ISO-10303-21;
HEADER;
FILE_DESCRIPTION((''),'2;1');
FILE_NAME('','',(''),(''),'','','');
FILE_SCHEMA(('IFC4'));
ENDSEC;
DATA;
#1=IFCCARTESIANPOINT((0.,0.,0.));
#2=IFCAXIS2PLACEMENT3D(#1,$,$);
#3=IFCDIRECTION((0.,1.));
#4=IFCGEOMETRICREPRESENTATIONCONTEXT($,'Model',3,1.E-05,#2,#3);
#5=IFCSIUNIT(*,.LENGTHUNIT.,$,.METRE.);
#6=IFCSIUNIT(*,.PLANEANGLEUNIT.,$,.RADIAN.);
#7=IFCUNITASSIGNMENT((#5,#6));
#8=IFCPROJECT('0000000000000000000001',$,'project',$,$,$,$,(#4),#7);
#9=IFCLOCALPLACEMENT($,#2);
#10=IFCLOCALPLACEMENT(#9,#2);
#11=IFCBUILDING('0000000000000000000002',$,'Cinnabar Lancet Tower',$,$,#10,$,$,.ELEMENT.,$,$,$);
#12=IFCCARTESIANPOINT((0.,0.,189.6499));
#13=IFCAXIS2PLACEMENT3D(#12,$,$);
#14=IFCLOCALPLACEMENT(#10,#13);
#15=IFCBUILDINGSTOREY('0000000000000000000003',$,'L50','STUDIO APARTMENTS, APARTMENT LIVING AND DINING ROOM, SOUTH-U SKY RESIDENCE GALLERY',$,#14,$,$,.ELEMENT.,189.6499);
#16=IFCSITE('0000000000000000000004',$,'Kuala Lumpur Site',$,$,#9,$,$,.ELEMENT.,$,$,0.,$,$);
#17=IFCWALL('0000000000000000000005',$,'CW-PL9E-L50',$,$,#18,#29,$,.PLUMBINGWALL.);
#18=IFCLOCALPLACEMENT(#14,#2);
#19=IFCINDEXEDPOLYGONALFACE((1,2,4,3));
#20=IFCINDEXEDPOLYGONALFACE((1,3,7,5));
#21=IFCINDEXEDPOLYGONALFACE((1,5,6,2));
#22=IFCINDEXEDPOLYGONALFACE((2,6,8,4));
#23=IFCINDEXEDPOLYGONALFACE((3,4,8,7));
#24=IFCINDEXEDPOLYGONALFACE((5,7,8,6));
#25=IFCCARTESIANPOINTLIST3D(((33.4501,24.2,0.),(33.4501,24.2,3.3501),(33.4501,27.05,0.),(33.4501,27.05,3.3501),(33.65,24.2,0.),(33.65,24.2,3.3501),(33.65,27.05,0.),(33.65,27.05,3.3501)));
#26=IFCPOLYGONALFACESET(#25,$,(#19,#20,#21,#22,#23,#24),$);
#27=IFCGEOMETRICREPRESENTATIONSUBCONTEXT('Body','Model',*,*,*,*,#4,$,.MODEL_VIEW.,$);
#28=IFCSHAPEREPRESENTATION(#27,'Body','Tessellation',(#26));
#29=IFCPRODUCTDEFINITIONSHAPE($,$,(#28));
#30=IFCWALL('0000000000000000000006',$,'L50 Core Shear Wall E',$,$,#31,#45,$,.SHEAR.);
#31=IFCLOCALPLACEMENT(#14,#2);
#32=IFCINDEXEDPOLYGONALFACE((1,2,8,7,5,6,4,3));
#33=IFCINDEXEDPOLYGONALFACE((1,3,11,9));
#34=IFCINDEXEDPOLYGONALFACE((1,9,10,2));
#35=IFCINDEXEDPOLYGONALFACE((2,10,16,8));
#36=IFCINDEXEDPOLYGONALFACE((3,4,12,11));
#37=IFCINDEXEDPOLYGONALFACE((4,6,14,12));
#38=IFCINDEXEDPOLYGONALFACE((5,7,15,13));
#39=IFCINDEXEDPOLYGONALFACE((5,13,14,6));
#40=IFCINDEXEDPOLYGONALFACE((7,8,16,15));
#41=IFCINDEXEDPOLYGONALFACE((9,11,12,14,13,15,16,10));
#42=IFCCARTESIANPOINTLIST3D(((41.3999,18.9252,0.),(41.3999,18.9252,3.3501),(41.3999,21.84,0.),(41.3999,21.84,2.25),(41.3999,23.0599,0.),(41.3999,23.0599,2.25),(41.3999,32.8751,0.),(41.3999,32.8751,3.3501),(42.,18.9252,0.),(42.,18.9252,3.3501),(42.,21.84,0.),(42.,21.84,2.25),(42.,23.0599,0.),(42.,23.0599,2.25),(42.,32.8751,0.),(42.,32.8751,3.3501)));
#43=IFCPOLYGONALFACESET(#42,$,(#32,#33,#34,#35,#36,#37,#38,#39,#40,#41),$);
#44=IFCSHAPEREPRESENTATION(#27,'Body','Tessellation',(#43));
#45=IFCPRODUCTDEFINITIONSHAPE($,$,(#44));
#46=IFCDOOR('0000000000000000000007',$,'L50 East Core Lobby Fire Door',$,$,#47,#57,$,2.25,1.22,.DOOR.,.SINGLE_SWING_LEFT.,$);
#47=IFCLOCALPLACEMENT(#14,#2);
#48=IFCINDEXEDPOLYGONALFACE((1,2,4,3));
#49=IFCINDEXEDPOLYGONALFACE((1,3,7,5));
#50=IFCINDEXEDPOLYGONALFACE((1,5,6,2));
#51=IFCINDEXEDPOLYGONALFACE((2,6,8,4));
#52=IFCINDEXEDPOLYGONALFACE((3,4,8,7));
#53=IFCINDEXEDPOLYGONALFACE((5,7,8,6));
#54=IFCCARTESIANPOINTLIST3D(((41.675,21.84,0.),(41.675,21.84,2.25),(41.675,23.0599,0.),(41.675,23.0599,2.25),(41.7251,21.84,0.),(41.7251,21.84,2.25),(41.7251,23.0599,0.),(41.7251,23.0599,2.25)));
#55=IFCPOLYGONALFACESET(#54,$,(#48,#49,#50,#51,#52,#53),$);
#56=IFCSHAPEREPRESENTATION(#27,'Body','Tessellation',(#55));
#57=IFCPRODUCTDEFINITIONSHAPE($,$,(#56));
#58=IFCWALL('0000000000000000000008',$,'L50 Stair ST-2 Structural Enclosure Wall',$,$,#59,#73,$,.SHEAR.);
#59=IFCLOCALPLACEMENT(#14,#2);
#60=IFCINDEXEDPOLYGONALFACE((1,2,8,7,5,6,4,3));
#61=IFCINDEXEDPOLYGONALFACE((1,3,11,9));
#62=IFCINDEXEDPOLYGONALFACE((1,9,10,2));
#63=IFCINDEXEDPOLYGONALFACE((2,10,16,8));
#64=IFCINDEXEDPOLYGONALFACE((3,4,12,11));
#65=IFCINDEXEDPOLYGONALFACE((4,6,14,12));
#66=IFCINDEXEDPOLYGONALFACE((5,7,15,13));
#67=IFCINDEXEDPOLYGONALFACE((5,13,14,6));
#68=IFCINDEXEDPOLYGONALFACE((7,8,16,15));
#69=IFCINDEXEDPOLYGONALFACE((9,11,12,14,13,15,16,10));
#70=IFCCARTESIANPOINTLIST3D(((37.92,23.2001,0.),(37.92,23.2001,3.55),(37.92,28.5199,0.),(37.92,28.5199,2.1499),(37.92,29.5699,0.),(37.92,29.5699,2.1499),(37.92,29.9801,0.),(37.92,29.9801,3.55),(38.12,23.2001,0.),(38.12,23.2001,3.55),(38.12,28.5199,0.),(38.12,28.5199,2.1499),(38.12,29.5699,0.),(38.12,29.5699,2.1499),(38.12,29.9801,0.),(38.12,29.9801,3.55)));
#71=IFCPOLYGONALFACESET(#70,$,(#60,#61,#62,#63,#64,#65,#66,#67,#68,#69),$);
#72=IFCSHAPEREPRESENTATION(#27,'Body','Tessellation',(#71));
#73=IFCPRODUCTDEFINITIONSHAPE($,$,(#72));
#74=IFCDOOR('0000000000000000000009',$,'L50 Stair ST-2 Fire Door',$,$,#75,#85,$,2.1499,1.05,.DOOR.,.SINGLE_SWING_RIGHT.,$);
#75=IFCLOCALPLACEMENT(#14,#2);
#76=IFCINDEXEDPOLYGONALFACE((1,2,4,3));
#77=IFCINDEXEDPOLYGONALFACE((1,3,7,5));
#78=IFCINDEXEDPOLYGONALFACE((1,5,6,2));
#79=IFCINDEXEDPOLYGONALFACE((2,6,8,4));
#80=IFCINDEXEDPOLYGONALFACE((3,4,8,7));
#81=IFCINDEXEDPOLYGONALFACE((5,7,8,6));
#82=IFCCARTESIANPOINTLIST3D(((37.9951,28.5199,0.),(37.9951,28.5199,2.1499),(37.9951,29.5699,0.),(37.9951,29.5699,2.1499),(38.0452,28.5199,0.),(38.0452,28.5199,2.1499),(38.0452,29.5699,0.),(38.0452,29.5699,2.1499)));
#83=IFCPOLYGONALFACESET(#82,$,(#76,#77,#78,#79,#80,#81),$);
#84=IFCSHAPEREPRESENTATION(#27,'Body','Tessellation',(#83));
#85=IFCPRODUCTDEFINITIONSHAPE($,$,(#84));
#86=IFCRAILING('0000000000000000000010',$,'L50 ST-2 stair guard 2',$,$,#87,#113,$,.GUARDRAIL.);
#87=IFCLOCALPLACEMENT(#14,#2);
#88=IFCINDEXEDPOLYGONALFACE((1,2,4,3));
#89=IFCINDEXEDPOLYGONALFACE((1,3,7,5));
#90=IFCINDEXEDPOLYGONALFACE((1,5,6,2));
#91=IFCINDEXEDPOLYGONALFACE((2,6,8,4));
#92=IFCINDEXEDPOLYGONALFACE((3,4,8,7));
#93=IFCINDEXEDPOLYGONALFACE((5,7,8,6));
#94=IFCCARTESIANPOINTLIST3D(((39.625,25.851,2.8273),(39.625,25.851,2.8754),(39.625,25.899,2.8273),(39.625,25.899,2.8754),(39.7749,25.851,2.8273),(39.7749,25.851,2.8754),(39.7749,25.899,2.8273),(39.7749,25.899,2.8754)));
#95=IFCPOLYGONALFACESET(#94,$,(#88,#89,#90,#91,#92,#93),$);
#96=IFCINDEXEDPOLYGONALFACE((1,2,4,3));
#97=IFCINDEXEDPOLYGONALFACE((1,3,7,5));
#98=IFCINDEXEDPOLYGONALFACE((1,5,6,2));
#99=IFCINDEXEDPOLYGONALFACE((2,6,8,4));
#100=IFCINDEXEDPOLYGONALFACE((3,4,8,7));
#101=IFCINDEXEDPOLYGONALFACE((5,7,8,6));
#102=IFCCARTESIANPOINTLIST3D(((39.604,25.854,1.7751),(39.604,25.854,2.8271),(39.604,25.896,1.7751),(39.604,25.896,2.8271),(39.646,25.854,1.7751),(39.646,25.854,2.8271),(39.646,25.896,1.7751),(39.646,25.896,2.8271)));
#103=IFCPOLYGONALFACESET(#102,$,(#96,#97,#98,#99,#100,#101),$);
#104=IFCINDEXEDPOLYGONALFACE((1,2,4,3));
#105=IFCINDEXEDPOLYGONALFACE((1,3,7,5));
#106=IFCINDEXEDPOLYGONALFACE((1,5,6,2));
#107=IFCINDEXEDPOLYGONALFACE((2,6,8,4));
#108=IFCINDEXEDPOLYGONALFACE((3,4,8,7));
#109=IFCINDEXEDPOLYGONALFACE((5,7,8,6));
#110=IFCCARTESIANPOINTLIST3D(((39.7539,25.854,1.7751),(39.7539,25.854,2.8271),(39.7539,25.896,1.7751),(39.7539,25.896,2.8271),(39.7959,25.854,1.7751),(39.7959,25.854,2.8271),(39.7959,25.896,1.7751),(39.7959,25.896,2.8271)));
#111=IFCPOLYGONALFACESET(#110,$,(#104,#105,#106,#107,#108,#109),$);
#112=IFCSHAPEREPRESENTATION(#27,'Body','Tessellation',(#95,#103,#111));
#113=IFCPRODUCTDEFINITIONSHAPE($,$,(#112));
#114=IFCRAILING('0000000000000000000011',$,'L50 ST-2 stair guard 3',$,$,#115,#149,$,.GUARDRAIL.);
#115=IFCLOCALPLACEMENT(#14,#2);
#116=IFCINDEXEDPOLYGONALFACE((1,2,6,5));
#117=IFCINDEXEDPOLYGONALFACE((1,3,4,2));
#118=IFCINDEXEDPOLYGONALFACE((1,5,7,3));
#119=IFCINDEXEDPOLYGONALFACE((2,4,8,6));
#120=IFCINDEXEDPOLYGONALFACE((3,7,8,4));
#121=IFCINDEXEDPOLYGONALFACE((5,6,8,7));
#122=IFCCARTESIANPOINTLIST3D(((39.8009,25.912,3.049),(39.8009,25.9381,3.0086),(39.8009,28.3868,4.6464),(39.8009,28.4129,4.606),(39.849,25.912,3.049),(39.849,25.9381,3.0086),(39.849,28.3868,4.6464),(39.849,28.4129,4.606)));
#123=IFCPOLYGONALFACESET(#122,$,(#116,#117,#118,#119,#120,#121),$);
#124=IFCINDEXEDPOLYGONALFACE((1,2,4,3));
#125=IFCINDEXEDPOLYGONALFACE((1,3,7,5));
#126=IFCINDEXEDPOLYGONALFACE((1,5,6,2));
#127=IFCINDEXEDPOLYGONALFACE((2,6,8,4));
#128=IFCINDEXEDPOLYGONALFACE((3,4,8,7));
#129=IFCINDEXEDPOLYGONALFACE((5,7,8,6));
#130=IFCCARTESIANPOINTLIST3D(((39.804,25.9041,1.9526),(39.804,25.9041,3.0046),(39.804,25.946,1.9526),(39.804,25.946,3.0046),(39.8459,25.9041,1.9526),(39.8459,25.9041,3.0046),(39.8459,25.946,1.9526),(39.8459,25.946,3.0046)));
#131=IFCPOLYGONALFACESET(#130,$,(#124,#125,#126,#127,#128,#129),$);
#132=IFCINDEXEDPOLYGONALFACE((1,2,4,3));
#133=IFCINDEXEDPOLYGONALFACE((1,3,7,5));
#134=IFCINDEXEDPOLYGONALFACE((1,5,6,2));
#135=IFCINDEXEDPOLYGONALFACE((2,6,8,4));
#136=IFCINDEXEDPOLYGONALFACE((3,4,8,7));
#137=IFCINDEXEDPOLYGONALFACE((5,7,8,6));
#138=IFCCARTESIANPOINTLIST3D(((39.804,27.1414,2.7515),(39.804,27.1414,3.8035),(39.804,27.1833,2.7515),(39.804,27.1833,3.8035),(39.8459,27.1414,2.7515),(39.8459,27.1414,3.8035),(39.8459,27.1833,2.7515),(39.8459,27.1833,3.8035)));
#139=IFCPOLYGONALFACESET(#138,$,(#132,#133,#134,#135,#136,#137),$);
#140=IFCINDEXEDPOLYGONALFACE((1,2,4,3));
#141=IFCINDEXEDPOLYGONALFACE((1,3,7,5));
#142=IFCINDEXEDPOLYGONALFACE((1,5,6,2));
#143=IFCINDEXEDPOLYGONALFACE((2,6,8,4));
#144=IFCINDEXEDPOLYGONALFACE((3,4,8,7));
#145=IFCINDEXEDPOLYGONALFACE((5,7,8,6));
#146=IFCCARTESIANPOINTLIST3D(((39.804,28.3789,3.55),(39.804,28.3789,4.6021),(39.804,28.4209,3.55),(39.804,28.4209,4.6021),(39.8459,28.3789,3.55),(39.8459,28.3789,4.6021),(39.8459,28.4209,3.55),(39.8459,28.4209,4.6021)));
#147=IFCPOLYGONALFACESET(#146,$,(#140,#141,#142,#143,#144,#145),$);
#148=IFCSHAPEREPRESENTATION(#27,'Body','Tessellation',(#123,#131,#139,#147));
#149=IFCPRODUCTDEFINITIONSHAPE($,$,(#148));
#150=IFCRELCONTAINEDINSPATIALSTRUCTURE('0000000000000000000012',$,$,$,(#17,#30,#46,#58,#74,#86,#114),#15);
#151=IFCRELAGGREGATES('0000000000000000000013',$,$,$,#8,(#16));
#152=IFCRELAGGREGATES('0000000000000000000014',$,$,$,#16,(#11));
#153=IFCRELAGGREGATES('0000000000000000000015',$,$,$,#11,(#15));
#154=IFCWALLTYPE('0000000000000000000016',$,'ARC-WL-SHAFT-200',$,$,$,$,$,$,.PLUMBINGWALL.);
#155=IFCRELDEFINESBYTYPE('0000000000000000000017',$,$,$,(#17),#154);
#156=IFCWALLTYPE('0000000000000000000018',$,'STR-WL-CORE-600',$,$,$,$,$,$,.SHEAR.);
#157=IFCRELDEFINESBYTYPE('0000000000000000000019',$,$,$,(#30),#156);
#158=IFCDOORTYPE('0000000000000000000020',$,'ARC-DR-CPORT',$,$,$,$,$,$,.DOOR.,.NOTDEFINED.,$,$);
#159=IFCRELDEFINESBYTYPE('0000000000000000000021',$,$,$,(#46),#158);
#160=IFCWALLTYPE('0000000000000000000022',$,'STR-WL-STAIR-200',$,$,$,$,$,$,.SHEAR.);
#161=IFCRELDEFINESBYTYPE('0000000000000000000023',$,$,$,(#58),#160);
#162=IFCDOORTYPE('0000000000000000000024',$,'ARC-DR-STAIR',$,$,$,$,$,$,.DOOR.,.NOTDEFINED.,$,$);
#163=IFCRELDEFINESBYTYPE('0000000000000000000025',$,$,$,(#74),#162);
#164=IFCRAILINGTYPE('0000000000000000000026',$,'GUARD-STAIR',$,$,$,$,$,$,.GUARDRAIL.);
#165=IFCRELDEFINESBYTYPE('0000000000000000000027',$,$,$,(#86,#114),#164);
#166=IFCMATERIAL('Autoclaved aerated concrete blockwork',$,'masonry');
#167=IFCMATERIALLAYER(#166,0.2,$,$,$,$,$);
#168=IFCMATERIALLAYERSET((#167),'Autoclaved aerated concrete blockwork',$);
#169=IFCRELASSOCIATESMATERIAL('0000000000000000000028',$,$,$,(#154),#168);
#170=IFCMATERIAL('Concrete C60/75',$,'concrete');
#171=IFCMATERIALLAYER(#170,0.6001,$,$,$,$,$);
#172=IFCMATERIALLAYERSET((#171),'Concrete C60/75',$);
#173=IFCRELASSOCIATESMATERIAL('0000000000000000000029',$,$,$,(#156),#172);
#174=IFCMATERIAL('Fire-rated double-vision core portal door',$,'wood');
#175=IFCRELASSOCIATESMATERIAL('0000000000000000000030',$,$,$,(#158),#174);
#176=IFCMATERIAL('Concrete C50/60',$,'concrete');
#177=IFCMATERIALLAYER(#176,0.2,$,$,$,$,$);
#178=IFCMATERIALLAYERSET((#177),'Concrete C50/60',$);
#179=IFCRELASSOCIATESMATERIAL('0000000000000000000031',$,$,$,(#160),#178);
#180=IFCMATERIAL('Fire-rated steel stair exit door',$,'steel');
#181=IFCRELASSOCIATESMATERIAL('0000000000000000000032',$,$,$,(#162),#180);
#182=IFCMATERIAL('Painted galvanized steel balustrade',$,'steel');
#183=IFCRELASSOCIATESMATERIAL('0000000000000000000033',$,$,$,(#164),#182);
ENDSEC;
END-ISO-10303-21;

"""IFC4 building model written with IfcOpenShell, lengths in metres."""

from ifc_helpers import new_model, si_unit, direction, frame, frame_2d, origin, origin_2d, place, context, subcontext, project, spatial, rectangle, extrude, material, layer, layer_set, type_object, element, fill, save


model = new_model("IFC4")

# Units and contexts
model_context = context("Model", 3, precision=1e-05, world=origin(), true_north=direction((0.0, 1.0)))
body_context = subcontext(model_context, "Body", "Model", "MODEL_VIEW")
ifc_project = project(units=[si_unit("LENGTHUNIT", "METRE"), si_unit("PLANEANGLEUNIT", "RADIAN")], contexts=[model_context])

# Site, building, storey
site_placement = place(None, origin())
site = spatial("IfcSite", under=ifc_project, at=site_placement, Name="Kuala Lumpur Site", CompositionType="ELEMENT", RefElevation=0.0)
building_placement = place(site_placement, origin())
building = spatial("IfcBuilding", under=site, at=building_placement, Name="Cinnabar Lancet Tower", CompositionType="ELEMENT")
storey_placement = place(building_placement, frame((0.0, 0.0, 189.6499)))
storey = spatial("IfcBuildingStorey", under=building, at=storey_placement, Name="L50", Description="STUDIO APARTMENTS, APARTMENT LIVING AND DINING ROOM, SOUTH-U SKY RESIDENCE GALLERY", CompositionType="ELEMENT", Elevation=189.6499)

# Shared definitions
ifc_material_1 = material(Name="Autoclaved aerated concrete blockwork", Category="masonry")
ifc_layer_1 = layer(ifc_material_1, 0.2)
ifc_layer_set_1 = layer_set([ifc_layer_1], Name="Autoclaved aerated concrete blockwork")
wall_type_1 = type_object("IfcWallType", Name="ARC-WL-SHAFT-200", PredefinedType="PLUMBINGWALL", material=ifc_layer_set_1)

# Wall
for number, where, z_axis, x_axis, name in (
    (1, (33.55, 24.2, 0.0), (0.0, 0.0, 1.0), (0.0, 1.0, 0.0), "CW-PL9E-L50"),
):
    element("IfcWall", number, at=place(storey_placement, frame(where, z_axis=z_axis, x_axis=x_axis)), inside=storey, type_object=wall_type_1, Name=name, PredefinedType="PLUMBINGWALL", context=body_context, shape_type="SweptSolid", body=[
        extrude(rectangle(XDim=2.8501, YDim=0.2, at=frame_2d((1.425, 0.0))), origin(), (0.0, 0.0, 1.0), 3.3501),
    ])

# Walls, openings, doors
ifc_material_2 = material(Name="Concrete C60/75", Category="concrete")
ifc_layer_2 = layer(ifc_material_2, 0.6001)
ifc_layer_set_2 = layer_set([ifc_layer_2], Name="Concrete C60/75")
wall_type_2 = type_object("IfcWallType", Name="STR-WL-CORE-600", PredefinedType="SHEAR", material=ifc_layer_set_2)
wall_1_placement = place(storey_placement, frame((41.7, 18.925, 0.0), z_axis=(0.0, 0.0, 1.0), x_axis=(0.0, 1.0, 0.0)))
wall_1 = element("IfcWall", 2, at=wall_1_placement, inside=storey, type_object=wall_type_2, Name="L50 Core Shear Wall E", PredefinedType="SHEAR", context=body_context, shape_type="SweptSolid", body=[
    extrude(rectangle(XDim=13.95, YDim=0.6001, at=frame_2d((6.9751, 0.0))), origin(), (0.0, 0.0, 1.0), 3.3501),
])
opening_1_placement = place(wall_1_placement, frame((2.915, 0.0, 0.0)))
opening_1 = element("IfcOpeningElement", 3, at=opening_1_placement, cuts=wall_1, PredefinedType="OPENING", context=body_context, shape_type="SweptSolid", body=[
    extrude(rectangle(XDim=1.22, YDim=2.25, at=frame_2d((0.6099, 1.125))), frame((0.0, 0.3101, 0.0), z_axis=(0.0, -1.0, 0.0), x_axis=(1.0, 0.0, 0.0)), (0.0, 0.0, 1.0), 0.6201),
])
ifc_material_3 = material(Name="Fire-rated double-vision core portal door", Category="wood")
door_type_1 = type_object("IfcDoorType", Name="ARC-DR-CPORT", OperationType="NOTDEFINED", PredefinedType="DOOR", material=ifc_material_3)
door_1_placement = place(opening_1_placement, origin())
door_1 = element("IfcDoor", 4, at=door_1_placement, inside=storey, type_object=door_type_1, Name="L50 East Core Lobby Fire Door", OperationType="SINGLE_SWING_LEFT", OverallHeight=2.25, OverallWidth=1.22, PredefinedType="DOOR", context=body_context, shape_type="SweptSolid", body=[
    extrude(rectangle(XDim=1.22, YDim=2.25, at=frame_2d((0.6099, 1.125))), frame((0.0, 0.0249, 0.0), z_axis=(0.0, -1.0, 0.0), x_axis=(1.0, 0.0, 0.0)), (0.0, 0.0, 1.0), 0.05),
])
fill(opening_1, door_1)
ifc_material_4 = material(Name="Concrete C50/60", Category="concrete")
ifc_layer_3 = layer(ifc_material_4, 0.2)
ifc_layer_set_3 = layer_set([ifc_layer_3], Name="Concrete C50/60")
wall_type_3 = type_object("IfcWallType", Name="STR-WL-STAIR-200", PredefinedType="SHEAR", material=ifc_layer_set_3)
wall_2_placement = place(storey_placement, frame((38.02, 23.2, 0.0), z_axis=(0.0, 0.0, 1.0), x_axis=(0.0, 1.0, 0.0)))
wall_2 = element("IfcWall", 5, at=wall_2_placement, inside=storey, type_object=wall_type_3, Name="L50 Stair ST-2 Structural Enclosure Wall", PredefinedType="SHEAR", context=body_context, shape_type="SweptSolid", body=[
    extrude(rectangle(XDim=6.78, YDim=0.2, at=frame_2d((3.3901, 0.0))), origin(), (0.0, 0.0, 1.0), 3.55),
])
opening_2_placement = place(wall_2_placement, frame((5.3201, 0.0, 0.0)))
opening_2 = element("IfcOpeningElement", 6, at=opening_2_placement, cuts=wall_2, PredefinedType="OPENING", context=body_context, shape_type="SweptSolid", body=[
    extrude(rectangle(XDim=1.05, YDim=2.1499, at=frame_2d((0.5249, 1.075))), frame((0.0, 0.1099, 0.0), z_axis=(0.0, -1.0, 0.0), x_axis=(1.0, 0.0, 0.0)), (0.0, 0.0, 1.0), 0.22),
])
ifc_material_5 = material(Name="Fire-rated steel stair exit door", Category="steel")
door_type_2 = type_object("IfcDoorType", Name="ARC-DR-STAIR", OperationType="NOTDEFINED", PredefinedType="DOOR", material=ifc_material_5)
door_2_placement = place(opening_2_placement, origin())
door_2 = element("IfcDoor", 7, at=door_2_placement, inside=storey, type_object=door_type_2, Name="L50 Stair ST-2 Fire Door", OperationType="SINGLE_SWING_RIGHT", OverallHeight=2.1499, OverallWidth=1.05, PredefinedType="DOOR", context=body_context, shape_type="SweptSolid", body=[
    extrude(rectangle(XDim=1.05, YDim=2.1499, at=frame_2d((0.5249, 1.075))), frame((0.0, 0.0249, 0.0), z_axis=(0.0, -1.0, 0.0), x_axis=(1.0, 0.0, 0.0)), (0.0, 0.0, 1.0), 0.05),
])
fill(opening_2, door_2)

# Railings
ifc_material_6 = material(Name="Painted galvanized steel balustrade", Category="steel")
railing_type = type_object("IfcRailingType", Name="GUARD-STAIR", PredefinedType="GUARDRAIL", material=ifc_material_6)
railing_1_placement = place(storey_placement, frame((39.625, 25.875, 1.7751)))
element("IfcRailing", 8, at=railing_1_placement, inside=storey, type_object=railing_type, Name="L50 ST-2 stair guard 2", PredefinedType="GUARDRAIL", context=body_context, shape_type="SweptSolid", body=[
    extrude(rectangle(XDim=0.0481, YDim=0.0481, at=origin_2d()), frame((0.0, 0.0, 1.0762), z_axis=(1.0, 0.0, 0.0), x_axis=(0.0, 1.0, 0.0)), (0.0, 0.0, 1.0), 0.1499),
    extrude(rectangle(XDim=0.042, YDim=0.042, at=origin_2d()), origin(), (0.0, 0.0, 1.0), 1.052),
    extrude(rectangle(XDim=0.042, YDim=0.042, at=origin_2d()), frame((0.1499, 0.0, 0.0)), (0.0, 0.0, 1.0), 1.052),
])
railing_2_placement = place(storey_placement, frame((39.825, 25.925, 1.9526)))
element("IfcRailing", 9, at=railing_2_placement, inside=storey, type_object=railing_type, Name="L50 ST-2 stair guard 3", PredefinedType="GUARDRAIL", context=body_context, shape_type="SweptSolid", body=[
    extrude(rectangle(XDim=0.0481, YDim=0.0481, at=origin_2d()), frame((0.0, 0.0, 1.0762), z_axis=(0.0, 0.840183, 0.542302), x_axis=(-1.0, 0.0, 0.0)), (0.0, 0.0, 1.0), 2.9456),
    extrude(rectangle(XDim=0.042, YDim=0.042, at=origin_2d()), origin(), (0.0, 0.0, 1.0), 1.052),
    extrude(rectangle(XDim=0.042, YDim=0.042, at=origin_2d()), frame((0.0, 1.2373, 0.7988)), (0.0, 0.0, 1.0), 1.052),
    extrude(rectangle(XDim=0.042, YDim=0.042, at=origin_2d()), frame((0.0, 2.4749, 1.5974)), (0.0, 0.0, 1.0), 1.052),
])

save(model, "model.ifc")
